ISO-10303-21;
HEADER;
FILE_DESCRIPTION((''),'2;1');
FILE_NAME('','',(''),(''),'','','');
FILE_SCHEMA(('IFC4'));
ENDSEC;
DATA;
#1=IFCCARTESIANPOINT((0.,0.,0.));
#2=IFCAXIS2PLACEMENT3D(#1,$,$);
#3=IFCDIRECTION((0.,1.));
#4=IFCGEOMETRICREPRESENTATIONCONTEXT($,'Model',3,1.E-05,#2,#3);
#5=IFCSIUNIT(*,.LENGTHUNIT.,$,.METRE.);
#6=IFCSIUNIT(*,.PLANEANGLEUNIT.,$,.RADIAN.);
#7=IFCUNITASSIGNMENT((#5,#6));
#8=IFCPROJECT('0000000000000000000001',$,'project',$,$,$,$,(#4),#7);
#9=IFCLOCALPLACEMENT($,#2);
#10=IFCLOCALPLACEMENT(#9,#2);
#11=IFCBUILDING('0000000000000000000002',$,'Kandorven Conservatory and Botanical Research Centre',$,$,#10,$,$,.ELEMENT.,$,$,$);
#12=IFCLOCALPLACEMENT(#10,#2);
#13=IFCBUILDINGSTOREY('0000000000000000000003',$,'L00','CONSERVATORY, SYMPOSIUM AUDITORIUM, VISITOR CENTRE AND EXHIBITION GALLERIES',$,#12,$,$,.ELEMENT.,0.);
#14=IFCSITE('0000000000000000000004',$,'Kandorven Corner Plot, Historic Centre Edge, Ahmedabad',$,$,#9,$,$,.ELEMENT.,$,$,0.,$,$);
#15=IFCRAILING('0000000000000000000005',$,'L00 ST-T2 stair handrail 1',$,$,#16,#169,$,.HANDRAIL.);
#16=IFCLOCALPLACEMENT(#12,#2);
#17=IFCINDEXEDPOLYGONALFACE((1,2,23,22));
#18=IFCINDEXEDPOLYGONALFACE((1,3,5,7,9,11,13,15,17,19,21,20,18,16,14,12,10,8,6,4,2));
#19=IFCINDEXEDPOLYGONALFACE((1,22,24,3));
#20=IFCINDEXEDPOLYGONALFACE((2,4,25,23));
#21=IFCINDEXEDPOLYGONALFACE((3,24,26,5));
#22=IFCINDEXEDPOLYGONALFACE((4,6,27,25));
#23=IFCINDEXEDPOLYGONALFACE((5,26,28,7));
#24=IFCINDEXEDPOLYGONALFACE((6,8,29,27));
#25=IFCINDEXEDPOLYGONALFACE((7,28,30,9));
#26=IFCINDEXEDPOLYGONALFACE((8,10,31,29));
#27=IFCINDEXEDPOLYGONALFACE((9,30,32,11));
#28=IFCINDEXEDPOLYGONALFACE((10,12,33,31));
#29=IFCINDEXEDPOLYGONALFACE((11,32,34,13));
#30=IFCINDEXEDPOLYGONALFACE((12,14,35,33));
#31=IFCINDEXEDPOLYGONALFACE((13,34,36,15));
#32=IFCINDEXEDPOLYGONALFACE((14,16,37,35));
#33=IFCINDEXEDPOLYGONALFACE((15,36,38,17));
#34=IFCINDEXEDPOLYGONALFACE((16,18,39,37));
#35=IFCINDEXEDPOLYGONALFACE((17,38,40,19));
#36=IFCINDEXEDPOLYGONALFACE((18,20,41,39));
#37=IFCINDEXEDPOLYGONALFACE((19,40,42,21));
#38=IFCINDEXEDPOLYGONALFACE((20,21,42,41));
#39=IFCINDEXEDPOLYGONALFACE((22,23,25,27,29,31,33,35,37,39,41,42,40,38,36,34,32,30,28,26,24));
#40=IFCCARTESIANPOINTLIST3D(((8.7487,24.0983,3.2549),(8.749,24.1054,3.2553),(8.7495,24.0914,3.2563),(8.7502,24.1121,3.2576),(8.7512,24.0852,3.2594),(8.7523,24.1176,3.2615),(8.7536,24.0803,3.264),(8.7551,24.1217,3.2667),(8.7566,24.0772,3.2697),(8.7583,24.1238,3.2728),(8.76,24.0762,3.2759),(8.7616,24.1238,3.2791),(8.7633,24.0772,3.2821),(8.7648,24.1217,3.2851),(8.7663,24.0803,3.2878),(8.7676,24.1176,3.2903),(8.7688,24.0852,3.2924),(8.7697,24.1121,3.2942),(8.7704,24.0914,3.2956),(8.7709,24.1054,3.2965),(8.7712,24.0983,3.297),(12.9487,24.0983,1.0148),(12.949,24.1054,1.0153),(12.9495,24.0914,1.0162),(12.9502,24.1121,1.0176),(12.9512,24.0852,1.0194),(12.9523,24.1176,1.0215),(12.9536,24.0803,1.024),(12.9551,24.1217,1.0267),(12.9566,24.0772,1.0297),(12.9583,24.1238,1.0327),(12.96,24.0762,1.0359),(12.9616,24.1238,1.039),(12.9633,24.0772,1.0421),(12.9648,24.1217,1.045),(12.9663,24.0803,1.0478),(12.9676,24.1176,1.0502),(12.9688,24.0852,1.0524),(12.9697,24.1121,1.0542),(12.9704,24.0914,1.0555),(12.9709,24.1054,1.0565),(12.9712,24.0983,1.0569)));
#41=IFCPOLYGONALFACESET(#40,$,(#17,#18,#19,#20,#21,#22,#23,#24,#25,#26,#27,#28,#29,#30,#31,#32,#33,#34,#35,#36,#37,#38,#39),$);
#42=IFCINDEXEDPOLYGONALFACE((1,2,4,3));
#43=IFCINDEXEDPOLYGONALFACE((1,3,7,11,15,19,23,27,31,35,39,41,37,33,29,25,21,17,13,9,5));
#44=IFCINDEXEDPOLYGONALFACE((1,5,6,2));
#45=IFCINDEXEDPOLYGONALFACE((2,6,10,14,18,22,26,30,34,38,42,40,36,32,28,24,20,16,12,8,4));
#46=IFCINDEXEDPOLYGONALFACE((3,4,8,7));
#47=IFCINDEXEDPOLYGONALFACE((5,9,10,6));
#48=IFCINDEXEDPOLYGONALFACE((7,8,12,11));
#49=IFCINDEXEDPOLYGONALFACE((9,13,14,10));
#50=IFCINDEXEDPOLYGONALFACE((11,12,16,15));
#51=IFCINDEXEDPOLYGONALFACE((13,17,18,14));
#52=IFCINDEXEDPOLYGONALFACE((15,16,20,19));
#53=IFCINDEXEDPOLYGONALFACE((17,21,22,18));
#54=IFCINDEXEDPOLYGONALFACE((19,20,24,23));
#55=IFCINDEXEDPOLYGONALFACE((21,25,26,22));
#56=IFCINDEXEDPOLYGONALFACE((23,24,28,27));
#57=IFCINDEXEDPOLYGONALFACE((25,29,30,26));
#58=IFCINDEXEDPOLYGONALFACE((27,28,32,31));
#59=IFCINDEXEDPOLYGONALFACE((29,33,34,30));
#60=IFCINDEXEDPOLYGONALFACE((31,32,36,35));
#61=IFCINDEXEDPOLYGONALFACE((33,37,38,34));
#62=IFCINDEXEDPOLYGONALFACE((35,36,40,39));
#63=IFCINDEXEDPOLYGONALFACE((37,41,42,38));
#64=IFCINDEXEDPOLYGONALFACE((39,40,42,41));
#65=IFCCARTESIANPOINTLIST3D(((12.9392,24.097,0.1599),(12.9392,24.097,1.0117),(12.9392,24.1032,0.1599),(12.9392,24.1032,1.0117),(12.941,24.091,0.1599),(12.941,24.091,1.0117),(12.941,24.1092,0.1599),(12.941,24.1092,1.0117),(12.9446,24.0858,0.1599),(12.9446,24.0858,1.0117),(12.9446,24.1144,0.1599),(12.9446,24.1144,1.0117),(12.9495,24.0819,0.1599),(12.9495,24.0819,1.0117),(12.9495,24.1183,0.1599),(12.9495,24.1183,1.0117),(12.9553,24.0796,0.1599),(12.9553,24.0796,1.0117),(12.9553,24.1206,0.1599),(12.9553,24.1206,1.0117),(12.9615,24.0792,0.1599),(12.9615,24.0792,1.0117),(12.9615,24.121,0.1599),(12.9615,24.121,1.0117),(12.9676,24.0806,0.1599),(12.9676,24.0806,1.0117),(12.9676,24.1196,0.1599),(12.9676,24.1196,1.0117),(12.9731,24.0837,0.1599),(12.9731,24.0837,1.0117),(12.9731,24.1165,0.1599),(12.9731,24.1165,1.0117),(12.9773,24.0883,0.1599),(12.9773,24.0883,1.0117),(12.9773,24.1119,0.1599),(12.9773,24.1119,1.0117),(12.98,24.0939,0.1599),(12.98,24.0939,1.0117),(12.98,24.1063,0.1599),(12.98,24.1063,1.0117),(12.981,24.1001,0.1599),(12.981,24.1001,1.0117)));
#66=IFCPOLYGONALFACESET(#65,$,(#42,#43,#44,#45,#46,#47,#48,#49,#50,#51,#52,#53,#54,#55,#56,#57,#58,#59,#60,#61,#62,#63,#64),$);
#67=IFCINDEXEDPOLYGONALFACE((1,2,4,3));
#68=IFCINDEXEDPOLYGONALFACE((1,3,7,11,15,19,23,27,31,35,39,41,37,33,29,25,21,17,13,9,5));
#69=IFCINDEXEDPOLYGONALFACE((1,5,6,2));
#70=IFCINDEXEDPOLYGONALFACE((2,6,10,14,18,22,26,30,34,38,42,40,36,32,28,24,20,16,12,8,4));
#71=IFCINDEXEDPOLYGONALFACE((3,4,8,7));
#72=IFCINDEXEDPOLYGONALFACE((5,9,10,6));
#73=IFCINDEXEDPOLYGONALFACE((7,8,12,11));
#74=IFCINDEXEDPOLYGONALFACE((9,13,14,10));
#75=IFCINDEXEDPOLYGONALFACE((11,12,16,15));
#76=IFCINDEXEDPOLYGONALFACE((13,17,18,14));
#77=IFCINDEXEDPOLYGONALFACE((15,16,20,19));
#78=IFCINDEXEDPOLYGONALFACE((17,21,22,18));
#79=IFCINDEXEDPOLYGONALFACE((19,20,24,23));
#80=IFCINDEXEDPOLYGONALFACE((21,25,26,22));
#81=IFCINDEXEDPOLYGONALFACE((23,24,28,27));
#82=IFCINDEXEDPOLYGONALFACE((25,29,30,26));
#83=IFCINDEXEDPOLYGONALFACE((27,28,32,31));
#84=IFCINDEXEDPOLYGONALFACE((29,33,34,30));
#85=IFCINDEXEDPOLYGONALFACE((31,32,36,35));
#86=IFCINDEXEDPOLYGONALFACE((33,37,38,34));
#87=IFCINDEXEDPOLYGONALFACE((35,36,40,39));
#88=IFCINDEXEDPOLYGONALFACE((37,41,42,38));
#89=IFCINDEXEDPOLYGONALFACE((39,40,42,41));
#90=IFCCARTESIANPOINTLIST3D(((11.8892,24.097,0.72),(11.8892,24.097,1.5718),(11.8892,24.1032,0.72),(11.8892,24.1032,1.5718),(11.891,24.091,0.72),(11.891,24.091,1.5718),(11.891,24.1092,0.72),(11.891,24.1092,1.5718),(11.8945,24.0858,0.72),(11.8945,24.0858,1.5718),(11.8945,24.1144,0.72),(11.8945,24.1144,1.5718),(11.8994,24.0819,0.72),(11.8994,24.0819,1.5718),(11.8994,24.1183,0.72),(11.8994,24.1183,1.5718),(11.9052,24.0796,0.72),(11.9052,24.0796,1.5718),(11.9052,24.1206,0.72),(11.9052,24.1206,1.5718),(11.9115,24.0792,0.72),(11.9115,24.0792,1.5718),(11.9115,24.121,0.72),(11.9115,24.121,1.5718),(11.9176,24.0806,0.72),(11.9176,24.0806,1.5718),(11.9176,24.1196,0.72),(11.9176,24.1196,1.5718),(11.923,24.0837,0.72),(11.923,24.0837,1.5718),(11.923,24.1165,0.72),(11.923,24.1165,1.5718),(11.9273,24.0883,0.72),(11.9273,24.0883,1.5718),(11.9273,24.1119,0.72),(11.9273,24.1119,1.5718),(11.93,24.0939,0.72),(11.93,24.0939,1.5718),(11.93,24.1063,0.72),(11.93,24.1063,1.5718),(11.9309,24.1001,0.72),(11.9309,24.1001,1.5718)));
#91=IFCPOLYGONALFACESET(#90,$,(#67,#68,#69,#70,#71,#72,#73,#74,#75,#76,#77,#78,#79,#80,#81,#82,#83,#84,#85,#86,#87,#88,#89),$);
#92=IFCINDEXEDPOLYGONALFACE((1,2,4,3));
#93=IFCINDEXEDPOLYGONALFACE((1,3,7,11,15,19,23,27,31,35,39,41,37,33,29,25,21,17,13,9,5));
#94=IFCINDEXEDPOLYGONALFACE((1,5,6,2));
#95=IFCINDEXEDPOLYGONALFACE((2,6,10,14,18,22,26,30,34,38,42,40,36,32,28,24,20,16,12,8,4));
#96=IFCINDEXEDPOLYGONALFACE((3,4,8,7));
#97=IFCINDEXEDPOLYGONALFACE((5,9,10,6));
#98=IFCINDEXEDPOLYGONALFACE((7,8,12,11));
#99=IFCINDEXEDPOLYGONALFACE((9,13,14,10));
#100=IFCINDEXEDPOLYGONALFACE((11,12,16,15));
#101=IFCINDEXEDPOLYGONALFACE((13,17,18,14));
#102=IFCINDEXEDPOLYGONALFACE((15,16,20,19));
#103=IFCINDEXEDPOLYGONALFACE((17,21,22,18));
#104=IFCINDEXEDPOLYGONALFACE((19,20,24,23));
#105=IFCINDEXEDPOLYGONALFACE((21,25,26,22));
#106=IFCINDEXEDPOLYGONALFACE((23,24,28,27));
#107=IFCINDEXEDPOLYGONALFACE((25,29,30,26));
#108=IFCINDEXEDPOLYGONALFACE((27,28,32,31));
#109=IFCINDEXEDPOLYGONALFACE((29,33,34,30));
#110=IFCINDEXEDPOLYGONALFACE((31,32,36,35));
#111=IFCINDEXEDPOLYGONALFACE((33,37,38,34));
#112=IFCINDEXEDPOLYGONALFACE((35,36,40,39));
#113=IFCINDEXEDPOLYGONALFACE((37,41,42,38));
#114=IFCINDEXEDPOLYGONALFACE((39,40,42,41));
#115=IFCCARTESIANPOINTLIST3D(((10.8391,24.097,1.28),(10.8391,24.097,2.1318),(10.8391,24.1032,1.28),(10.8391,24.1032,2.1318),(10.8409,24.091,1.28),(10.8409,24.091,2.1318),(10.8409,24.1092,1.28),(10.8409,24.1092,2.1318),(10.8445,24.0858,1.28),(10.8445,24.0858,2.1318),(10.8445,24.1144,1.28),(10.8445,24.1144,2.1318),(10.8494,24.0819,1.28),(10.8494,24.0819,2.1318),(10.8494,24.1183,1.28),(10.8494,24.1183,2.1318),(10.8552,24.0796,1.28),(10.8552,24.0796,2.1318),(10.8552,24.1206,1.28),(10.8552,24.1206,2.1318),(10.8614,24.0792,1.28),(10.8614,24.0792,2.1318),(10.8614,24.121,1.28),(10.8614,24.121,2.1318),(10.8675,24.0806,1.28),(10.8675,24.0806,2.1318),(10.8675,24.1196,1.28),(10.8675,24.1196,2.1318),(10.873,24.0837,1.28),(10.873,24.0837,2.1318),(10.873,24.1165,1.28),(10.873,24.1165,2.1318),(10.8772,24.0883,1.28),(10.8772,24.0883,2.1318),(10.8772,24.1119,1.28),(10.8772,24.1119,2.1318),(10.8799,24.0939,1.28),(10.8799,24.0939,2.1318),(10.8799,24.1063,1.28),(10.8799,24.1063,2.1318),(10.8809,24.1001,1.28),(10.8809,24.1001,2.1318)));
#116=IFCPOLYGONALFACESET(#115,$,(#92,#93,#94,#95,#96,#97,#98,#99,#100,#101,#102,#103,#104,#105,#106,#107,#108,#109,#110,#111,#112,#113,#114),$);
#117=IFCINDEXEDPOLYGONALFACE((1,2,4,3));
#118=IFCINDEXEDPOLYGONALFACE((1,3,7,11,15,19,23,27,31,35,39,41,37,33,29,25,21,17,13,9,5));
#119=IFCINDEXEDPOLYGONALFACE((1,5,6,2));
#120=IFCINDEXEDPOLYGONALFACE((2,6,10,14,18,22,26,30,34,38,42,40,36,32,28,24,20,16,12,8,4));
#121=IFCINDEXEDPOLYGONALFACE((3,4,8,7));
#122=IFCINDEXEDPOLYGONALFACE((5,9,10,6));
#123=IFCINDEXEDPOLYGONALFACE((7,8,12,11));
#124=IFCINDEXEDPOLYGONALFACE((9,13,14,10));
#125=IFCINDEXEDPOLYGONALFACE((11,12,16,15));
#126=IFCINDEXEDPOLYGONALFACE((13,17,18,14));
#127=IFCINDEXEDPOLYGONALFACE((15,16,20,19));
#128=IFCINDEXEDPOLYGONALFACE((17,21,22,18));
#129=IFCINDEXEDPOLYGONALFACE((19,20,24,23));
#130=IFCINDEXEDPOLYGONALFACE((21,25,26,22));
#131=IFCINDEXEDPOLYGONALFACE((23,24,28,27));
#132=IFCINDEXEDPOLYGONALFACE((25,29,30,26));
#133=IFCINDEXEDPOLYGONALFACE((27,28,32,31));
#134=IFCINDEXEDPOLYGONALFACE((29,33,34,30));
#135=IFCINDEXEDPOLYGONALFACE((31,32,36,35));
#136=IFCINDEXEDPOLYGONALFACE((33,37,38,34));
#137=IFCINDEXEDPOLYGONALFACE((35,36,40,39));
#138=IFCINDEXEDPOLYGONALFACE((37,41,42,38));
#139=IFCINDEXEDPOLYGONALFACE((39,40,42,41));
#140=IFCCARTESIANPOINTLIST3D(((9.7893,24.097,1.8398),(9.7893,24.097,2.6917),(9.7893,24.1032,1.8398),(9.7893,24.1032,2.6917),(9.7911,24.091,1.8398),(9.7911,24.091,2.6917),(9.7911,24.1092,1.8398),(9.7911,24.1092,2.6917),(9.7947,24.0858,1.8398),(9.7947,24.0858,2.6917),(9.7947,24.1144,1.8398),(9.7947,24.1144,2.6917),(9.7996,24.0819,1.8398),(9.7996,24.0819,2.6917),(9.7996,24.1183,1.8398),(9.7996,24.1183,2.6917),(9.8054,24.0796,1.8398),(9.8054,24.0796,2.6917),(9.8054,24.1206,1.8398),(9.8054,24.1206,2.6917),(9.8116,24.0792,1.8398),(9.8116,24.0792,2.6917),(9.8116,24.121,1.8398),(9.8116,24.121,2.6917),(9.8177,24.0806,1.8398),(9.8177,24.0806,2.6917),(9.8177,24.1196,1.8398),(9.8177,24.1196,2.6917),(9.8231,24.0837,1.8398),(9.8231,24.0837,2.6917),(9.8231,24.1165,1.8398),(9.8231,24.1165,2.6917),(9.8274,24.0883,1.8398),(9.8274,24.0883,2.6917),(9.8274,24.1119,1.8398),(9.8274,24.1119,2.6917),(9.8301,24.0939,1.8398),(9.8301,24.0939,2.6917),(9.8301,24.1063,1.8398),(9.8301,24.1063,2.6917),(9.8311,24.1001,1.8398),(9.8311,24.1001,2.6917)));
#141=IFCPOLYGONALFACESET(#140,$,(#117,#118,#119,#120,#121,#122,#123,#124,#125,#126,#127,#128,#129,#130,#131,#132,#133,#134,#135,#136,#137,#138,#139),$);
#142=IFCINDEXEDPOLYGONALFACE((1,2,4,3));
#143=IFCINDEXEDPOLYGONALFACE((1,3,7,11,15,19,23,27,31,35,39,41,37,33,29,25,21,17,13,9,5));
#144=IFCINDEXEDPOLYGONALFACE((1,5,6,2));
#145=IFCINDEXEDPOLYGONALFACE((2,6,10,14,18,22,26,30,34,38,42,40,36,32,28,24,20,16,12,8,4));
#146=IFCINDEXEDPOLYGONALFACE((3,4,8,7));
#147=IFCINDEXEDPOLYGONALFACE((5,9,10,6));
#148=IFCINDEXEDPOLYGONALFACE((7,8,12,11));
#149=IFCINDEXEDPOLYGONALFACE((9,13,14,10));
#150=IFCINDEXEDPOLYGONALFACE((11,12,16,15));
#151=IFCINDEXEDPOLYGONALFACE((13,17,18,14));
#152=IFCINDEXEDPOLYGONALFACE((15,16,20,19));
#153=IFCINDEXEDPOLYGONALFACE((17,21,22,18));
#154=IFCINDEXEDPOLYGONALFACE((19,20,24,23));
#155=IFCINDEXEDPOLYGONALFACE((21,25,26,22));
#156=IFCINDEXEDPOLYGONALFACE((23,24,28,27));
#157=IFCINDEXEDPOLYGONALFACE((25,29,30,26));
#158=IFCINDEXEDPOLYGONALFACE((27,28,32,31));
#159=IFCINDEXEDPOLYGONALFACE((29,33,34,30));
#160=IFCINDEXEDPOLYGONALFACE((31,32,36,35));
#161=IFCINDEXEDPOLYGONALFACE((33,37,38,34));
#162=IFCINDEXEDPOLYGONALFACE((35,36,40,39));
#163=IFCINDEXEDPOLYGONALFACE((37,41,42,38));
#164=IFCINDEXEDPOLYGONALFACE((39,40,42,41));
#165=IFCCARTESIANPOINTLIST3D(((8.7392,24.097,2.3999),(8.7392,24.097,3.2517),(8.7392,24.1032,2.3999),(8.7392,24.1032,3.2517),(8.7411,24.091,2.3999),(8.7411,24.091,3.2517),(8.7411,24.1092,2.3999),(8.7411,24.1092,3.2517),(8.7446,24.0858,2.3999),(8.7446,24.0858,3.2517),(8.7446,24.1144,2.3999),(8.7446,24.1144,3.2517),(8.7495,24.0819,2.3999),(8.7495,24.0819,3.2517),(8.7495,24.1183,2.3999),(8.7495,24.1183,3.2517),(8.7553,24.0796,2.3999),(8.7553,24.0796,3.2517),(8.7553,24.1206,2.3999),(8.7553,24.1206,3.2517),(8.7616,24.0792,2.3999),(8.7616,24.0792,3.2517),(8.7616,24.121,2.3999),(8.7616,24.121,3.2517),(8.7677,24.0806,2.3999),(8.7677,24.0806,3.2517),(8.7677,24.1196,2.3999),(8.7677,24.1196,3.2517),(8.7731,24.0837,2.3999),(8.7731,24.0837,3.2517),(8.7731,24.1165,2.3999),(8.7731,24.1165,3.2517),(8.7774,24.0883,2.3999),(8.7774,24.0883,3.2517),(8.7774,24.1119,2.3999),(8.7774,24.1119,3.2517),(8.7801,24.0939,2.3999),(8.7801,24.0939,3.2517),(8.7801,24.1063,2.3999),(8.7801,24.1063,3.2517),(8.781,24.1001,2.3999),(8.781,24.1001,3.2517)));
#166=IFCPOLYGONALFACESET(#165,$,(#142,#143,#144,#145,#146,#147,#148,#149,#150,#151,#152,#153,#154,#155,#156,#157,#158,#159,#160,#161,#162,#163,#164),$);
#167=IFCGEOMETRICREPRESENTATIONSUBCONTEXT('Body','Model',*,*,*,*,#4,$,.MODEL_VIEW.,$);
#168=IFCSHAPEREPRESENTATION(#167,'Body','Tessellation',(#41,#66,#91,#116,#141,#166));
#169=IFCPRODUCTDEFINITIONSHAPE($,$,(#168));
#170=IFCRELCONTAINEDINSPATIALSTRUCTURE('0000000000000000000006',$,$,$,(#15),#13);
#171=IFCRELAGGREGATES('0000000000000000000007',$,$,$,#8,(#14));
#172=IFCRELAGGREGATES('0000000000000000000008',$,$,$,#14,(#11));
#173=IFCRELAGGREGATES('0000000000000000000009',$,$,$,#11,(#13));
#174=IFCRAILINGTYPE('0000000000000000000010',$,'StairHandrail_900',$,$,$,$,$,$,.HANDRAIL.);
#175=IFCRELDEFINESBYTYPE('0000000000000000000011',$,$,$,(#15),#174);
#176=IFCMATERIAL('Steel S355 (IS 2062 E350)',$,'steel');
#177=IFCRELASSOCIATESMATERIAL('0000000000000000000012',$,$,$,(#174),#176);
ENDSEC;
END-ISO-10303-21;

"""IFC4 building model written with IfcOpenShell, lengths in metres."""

from ifc_helpers import new_model, si_unit, direction, frame, origin, origin_2d, place, context, subcontext, project, spatial, circle, extrude, material, type_object, element, save


model = new_model("IFC4")

# Units and contexts
model_context = context("Model", 3, precision=1e-05, world=origin(), true_north=direction((0.0, 1.0)))
body_context = subcontext(model_context, "Body", "Model", "MODEL_VIEW")
ifc_project = project(units=[si_unit("LENGTHUNIT", "METRE"), si_unit("PLANEANGLEUNIT", "RADIAN")], contexts=[model_context])

# Site, building, storey
site_placement = place(None, origin())
site = spatial("IfcSite", under=ifc_project, at=site_placement, Name="Kandorven Corner Plot, Historic Centre Edge, Ahmedabad", CompositionType="ELEMENT", RefElevation=0.0)
building_placement = place(site_placement, origin())
building = spatial("IfcBuilding", under=site, at=building_placement, Name="Kandorven Conservatory and Botanical Research Centre", CompositionType="ELEMENT")
storey_placement = place(building_placement, origin())
storey = spatial("IfcBuildingStorey", under=building, at=storey_placement, Name="L00", Description="CONSERVATORY, SYMPOSIUM AUDITORIUM, VISITOR CENTRE AND EXHIBITION GALLERIES", CompositionType="ELEMENT", Elevation=0.0)

# Railing
ifc_material_1 = material(Name="Steel S355 (IS 2062 E350)", Category="steel")
railing_type_1 = type_object("IfcRailingType", Name="StairHandrail_900", PredefinedType="HANDRAIL", material=ifc_material_1)
railing_1_placement = place(storey_placement, frame((12.96, 24.1001, 0.1599)))
element("IfcRailing", 1, at=railing_1_placement, inside=storey, type_object=railing_type_1, Name="L00 ST-T2 stair handrail 1", PredefinedType="HANDRAIL", context=body_context, shape_type="SweptSolid", body=[
    extrude(circle(Radius=0.0239, at=origin_2d()), frame((0.0, 0.0, 0.876), z_axis=(-0.882352, 0.0, 0.470591), x_axis=(0.0, -1.0, 0.0)), (0.0, 0.0, 1.0), 4.76),
    extrude(circle(Radius=0.021, at=origin_2d()), origin(), (0.0, 0.0, 1.0), 0.8518),
    extrude(circle(Radius=0.021, at=origin_2d()), frame((-1.05, 0.0, 0.5601)), (0.0, 0.0, 1.0), 0.8518),
    extrude(circle(Radius=0.021, at=origin_2d()), frame((-2.1001, 0.0, 1.1201)), (0.0, 0.0, 1.0), 0.8518),
    extrude(circle(Radius=0.021, at=origin_2d()), frame((-3.1499, 0.0, 1.6799)), (0.0, 0.0, 1.0), 0.8518),
    extrude(circle(Radius=0.021, at=origin_2d()), frame((-4.2, 0.0, 2.24)), (0.0, 0.0, 1.0), 0.8518),
])

save(model, "model.ifc")
